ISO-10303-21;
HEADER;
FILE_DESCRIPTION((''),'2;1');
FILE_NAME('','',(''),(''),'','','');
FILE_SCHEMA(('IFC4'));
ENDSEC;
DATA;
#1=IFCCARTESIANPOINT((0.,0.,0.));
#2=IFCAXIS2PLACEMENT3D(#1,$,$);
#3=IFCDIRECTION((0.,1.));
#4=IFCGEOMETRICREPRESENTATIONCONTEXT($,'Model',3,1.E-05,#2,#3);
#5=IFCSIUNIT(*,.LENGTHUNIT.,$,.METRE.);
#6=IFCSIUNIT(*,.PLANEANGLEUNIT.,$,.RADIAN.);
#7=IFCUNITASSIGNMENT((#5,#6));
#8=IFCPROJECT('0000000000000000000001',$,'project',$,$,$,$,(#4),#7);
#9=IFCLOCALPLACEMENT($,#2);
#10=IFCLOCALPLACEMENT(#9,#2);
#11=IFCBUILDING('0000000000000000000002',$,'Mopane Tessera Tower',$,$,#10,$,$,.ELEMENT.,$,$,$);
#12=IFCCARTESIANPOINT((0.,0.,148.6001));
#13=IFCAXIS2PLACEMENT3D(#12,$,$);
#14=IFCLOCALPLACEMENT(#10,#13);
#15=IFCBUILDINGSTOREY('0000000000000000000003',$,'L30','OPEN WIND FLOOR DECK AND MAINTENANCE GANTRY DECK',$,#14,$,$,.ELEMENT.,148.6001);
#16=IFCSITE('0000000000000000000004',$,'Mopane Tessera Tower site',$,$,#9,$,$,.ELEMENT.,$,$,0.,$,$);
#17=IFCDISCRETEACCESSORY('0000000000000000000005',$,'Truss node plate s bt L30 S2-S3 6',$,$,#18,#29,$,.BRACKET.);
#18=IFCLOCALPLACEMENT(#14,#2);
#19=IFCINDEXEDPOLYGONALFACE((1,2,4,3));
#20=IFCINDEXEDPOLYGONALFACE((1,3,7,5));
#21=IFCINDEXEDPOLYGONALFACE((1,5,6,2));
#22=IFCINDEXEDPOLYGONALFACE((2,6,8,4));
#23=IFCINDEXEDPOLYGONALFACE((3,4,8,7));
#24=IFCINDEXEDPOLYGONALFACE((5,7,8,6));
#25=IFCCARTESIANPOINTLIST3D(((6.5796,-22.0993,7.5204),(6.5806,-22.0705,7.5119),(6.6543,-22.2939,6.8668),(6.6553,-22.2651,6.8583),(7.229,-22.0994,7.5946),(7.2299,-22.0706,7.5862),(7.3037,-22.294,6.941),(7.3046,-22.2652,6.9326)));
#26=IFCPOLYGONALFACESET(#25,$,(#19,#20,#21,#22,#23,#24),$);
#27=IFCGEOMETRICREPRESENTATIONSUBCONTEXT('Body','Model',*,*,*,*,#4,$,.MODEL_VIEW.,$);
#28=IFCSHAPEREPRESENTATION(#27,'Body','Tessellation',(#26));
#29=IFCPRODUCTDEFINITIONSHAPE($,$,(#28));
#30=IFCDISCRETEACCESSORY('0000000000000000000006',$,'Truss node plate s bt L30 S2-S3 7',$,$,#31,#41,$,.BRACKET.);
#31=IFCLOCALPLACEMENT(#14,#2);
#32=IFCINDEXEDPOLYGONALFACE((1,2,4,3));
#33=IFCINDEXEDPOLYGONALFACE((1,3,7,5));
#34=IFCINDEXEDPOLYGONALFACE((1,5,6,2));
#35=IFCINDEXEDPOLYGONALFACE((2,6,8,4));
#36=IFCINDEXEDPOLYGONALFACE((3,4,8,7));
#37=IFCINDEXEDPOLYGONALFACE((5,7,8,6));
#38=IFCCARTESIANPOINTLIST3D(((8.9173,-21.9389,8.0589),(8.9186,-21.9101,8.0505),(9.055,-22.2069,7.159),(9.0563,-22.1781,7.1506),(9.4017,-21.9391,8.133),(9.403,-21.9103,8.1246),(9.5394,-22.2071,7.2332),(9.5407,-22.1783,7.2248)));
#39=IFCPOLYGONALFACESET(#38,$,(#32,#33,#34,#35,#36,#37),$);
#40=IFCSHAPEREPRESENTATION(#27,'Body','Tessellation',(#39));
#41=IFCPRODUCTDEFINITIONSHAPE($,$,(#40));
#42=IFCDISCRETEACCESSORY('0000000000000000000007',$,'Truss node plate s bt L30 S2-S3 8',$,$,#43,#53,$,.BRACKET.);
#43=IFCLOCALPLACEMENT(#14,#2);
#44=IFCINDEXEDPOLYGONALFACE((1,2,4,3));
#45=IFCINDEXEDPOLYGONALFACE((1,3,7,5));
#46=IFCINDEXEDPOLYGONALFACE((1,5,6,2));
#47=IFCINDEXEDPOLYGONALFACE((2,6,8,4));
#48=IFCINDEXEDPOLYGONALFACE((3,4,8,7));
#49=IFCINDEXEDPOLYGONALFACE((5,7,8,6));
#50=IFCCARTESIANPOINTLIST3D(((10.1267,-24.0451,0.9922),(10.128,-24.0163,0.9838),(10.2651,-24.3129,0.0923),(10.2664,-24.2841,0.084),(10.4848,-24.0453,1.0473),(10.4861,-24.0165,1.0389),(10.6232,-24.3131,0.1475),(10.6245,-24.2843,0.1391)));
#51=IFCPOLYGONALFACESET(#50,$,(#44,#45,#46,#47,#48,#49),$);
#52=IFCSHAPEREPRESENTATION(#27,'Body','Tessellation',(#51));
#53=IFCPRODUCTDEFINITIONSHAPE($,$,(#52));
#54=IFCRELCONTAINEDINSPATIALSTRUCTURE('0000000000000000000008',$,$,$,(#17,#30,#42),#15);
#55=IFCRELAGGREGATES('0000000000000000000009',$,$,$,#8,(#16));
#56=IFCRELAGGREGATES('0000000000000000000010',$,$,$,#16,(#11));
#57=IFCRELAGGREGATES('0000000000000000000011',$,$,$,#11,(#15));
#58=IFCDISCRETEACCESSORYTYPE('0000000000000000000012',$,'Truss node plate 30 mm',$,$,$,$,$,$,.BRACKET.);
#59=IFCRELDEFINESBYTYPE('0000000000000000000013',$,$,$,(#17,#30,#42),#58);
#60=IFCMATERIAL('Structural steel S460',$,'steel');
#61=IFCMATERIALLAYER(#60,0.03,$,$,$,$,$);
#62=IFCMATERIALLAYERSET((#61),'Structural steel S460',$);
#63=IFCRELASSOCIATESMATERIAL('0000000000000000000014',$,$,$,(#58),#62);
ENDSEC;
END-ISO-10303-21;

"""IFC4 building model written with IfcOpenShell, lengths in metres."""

from ifc_helpers import new_model, si_unit, direction, frame, origin, origin_2d, place, context, subcontext, project, spatial, rectangle, extrude, material, layer, layer_set, type_object, element, save


model = new_model("IFC4")

# Units and contexts
model_context = context("Model", 3, precision=1e-05, world=origin(), true_north=direction((0.0, 1.0)))
body_context = subcontext(model_context, "Body", "Model", "MODEL_VIEW")
ifc_project = project(units=[si_unit("LENGTHUNIT", "METRE"), si_unit("PLANEANGLEUNIT", "RADIAN")], contexts=[model_context])

# Site, building, storey
site_placement = place(None, origin())
site = spatial("IfcSite", under=ifc_project, at=site_placement, Name="Mopane Tessera Tower site", CompositionType="ELEMENT", RefElevation=0.0)
building_placement = place(site_placement, origin())
building = spatial("IfcBuilding", under=site, at=building_placement, Name="Mopane Tessera Tower", CompositionType="ELEMENT")
storey_placement = place(building_placement, frame((0.0, 0.0, 148.6001)))
storey = spatial("IfcBuildingStorey", under=building, at=storey_placement, Name="L30", Description="OPEN WIND FLOOR DECK AND MAINTENANCE GANTRY DECK", CompositionType="ELEMENT", Elevation=148.6001)

# Discrete accessories
ifc_material_1 = material(Name="Structural steel S460", Category="steel")
ifc_layer_1 = layer(ifc_material_1, 0.03)
ifc_layer_set_1 = layer_set([ifc_layer_1], Name="Structural steel S460")
discrete_accessory_type = type_object("IfcDiscreteAccessoryType", Name="Truss node plate 30 mm", PredefinedType="BRACKET", material=ifc_layer_set_1)
discrete_accessory_1_placement = place(storey_placement, frame((6.9795, -22.2795, 6.8997), z_axis=(-0.108903, 0.283647, 0.952725), x_axis=(0.032401, 0.958929, -0.28179)))
element("IfcDiscreteAccessory", 1, at=discrete_accessory_1_placement, inside=storey, type_object=discrete_accessory_type, Name="Truss node plate s bt L30 S2-S3 6", PredefinedType="BRACKET", context=body_context, shape_type="SweptSolid", body=[
    extrude(rectangle(XDim=0.03, YDim=0.6536, at=origin_2d()), origin(), (0.0, 0.0, 1.0), 0.686),
])
discrete_accessory_2_placement = place(storey_placement, frame((9.2979, -22.1926, 7.1919), z_axis=(-0.145092, 0.282466, 0.948241), x_axis=(0.043146, 0.959277, -0.279151)))
element("IfcDiscreteAccessory", 2, at=discrete_accessory_2_placement, inside=storey, type_object=discrete_accessory_type, Name="Truss node plate s bt L30 S2-S3 7", PredefinedType="BRACKET", context=body_context, shape_type="SweptSolid", body=[
    extrude(rectangle(XDim=0.03, YDim=0.49, at=origin_2d()), origin(), (0.0, 0.0, 1.0), 0.949),
])
discrete_accessory_3_placement = place(storey_placement, frame((10.4448, -24.2986, 0.1157), z_axis=(-0.145858, 0.282197, 0.948204), x_axis=(0.043341, 0.959356, -0.27885)))
element("IfcDiscreteAccessory", 3, at=discrete_accessory_3_placement, inside=storey, type_object=discrete_accessory_type, Name="Truss node plate s bt L30 S2-S3 8", PredefinedType="BRACKET", context=body_context, shape_type="SweptSolid", body=[
    extrude(rectangle(XDim=0.03, YDim=0.3623, at=origin_2d()), origin(), (0.0, 0.0, 1.0), 0.949),
])

save(model, "model.ifc")
